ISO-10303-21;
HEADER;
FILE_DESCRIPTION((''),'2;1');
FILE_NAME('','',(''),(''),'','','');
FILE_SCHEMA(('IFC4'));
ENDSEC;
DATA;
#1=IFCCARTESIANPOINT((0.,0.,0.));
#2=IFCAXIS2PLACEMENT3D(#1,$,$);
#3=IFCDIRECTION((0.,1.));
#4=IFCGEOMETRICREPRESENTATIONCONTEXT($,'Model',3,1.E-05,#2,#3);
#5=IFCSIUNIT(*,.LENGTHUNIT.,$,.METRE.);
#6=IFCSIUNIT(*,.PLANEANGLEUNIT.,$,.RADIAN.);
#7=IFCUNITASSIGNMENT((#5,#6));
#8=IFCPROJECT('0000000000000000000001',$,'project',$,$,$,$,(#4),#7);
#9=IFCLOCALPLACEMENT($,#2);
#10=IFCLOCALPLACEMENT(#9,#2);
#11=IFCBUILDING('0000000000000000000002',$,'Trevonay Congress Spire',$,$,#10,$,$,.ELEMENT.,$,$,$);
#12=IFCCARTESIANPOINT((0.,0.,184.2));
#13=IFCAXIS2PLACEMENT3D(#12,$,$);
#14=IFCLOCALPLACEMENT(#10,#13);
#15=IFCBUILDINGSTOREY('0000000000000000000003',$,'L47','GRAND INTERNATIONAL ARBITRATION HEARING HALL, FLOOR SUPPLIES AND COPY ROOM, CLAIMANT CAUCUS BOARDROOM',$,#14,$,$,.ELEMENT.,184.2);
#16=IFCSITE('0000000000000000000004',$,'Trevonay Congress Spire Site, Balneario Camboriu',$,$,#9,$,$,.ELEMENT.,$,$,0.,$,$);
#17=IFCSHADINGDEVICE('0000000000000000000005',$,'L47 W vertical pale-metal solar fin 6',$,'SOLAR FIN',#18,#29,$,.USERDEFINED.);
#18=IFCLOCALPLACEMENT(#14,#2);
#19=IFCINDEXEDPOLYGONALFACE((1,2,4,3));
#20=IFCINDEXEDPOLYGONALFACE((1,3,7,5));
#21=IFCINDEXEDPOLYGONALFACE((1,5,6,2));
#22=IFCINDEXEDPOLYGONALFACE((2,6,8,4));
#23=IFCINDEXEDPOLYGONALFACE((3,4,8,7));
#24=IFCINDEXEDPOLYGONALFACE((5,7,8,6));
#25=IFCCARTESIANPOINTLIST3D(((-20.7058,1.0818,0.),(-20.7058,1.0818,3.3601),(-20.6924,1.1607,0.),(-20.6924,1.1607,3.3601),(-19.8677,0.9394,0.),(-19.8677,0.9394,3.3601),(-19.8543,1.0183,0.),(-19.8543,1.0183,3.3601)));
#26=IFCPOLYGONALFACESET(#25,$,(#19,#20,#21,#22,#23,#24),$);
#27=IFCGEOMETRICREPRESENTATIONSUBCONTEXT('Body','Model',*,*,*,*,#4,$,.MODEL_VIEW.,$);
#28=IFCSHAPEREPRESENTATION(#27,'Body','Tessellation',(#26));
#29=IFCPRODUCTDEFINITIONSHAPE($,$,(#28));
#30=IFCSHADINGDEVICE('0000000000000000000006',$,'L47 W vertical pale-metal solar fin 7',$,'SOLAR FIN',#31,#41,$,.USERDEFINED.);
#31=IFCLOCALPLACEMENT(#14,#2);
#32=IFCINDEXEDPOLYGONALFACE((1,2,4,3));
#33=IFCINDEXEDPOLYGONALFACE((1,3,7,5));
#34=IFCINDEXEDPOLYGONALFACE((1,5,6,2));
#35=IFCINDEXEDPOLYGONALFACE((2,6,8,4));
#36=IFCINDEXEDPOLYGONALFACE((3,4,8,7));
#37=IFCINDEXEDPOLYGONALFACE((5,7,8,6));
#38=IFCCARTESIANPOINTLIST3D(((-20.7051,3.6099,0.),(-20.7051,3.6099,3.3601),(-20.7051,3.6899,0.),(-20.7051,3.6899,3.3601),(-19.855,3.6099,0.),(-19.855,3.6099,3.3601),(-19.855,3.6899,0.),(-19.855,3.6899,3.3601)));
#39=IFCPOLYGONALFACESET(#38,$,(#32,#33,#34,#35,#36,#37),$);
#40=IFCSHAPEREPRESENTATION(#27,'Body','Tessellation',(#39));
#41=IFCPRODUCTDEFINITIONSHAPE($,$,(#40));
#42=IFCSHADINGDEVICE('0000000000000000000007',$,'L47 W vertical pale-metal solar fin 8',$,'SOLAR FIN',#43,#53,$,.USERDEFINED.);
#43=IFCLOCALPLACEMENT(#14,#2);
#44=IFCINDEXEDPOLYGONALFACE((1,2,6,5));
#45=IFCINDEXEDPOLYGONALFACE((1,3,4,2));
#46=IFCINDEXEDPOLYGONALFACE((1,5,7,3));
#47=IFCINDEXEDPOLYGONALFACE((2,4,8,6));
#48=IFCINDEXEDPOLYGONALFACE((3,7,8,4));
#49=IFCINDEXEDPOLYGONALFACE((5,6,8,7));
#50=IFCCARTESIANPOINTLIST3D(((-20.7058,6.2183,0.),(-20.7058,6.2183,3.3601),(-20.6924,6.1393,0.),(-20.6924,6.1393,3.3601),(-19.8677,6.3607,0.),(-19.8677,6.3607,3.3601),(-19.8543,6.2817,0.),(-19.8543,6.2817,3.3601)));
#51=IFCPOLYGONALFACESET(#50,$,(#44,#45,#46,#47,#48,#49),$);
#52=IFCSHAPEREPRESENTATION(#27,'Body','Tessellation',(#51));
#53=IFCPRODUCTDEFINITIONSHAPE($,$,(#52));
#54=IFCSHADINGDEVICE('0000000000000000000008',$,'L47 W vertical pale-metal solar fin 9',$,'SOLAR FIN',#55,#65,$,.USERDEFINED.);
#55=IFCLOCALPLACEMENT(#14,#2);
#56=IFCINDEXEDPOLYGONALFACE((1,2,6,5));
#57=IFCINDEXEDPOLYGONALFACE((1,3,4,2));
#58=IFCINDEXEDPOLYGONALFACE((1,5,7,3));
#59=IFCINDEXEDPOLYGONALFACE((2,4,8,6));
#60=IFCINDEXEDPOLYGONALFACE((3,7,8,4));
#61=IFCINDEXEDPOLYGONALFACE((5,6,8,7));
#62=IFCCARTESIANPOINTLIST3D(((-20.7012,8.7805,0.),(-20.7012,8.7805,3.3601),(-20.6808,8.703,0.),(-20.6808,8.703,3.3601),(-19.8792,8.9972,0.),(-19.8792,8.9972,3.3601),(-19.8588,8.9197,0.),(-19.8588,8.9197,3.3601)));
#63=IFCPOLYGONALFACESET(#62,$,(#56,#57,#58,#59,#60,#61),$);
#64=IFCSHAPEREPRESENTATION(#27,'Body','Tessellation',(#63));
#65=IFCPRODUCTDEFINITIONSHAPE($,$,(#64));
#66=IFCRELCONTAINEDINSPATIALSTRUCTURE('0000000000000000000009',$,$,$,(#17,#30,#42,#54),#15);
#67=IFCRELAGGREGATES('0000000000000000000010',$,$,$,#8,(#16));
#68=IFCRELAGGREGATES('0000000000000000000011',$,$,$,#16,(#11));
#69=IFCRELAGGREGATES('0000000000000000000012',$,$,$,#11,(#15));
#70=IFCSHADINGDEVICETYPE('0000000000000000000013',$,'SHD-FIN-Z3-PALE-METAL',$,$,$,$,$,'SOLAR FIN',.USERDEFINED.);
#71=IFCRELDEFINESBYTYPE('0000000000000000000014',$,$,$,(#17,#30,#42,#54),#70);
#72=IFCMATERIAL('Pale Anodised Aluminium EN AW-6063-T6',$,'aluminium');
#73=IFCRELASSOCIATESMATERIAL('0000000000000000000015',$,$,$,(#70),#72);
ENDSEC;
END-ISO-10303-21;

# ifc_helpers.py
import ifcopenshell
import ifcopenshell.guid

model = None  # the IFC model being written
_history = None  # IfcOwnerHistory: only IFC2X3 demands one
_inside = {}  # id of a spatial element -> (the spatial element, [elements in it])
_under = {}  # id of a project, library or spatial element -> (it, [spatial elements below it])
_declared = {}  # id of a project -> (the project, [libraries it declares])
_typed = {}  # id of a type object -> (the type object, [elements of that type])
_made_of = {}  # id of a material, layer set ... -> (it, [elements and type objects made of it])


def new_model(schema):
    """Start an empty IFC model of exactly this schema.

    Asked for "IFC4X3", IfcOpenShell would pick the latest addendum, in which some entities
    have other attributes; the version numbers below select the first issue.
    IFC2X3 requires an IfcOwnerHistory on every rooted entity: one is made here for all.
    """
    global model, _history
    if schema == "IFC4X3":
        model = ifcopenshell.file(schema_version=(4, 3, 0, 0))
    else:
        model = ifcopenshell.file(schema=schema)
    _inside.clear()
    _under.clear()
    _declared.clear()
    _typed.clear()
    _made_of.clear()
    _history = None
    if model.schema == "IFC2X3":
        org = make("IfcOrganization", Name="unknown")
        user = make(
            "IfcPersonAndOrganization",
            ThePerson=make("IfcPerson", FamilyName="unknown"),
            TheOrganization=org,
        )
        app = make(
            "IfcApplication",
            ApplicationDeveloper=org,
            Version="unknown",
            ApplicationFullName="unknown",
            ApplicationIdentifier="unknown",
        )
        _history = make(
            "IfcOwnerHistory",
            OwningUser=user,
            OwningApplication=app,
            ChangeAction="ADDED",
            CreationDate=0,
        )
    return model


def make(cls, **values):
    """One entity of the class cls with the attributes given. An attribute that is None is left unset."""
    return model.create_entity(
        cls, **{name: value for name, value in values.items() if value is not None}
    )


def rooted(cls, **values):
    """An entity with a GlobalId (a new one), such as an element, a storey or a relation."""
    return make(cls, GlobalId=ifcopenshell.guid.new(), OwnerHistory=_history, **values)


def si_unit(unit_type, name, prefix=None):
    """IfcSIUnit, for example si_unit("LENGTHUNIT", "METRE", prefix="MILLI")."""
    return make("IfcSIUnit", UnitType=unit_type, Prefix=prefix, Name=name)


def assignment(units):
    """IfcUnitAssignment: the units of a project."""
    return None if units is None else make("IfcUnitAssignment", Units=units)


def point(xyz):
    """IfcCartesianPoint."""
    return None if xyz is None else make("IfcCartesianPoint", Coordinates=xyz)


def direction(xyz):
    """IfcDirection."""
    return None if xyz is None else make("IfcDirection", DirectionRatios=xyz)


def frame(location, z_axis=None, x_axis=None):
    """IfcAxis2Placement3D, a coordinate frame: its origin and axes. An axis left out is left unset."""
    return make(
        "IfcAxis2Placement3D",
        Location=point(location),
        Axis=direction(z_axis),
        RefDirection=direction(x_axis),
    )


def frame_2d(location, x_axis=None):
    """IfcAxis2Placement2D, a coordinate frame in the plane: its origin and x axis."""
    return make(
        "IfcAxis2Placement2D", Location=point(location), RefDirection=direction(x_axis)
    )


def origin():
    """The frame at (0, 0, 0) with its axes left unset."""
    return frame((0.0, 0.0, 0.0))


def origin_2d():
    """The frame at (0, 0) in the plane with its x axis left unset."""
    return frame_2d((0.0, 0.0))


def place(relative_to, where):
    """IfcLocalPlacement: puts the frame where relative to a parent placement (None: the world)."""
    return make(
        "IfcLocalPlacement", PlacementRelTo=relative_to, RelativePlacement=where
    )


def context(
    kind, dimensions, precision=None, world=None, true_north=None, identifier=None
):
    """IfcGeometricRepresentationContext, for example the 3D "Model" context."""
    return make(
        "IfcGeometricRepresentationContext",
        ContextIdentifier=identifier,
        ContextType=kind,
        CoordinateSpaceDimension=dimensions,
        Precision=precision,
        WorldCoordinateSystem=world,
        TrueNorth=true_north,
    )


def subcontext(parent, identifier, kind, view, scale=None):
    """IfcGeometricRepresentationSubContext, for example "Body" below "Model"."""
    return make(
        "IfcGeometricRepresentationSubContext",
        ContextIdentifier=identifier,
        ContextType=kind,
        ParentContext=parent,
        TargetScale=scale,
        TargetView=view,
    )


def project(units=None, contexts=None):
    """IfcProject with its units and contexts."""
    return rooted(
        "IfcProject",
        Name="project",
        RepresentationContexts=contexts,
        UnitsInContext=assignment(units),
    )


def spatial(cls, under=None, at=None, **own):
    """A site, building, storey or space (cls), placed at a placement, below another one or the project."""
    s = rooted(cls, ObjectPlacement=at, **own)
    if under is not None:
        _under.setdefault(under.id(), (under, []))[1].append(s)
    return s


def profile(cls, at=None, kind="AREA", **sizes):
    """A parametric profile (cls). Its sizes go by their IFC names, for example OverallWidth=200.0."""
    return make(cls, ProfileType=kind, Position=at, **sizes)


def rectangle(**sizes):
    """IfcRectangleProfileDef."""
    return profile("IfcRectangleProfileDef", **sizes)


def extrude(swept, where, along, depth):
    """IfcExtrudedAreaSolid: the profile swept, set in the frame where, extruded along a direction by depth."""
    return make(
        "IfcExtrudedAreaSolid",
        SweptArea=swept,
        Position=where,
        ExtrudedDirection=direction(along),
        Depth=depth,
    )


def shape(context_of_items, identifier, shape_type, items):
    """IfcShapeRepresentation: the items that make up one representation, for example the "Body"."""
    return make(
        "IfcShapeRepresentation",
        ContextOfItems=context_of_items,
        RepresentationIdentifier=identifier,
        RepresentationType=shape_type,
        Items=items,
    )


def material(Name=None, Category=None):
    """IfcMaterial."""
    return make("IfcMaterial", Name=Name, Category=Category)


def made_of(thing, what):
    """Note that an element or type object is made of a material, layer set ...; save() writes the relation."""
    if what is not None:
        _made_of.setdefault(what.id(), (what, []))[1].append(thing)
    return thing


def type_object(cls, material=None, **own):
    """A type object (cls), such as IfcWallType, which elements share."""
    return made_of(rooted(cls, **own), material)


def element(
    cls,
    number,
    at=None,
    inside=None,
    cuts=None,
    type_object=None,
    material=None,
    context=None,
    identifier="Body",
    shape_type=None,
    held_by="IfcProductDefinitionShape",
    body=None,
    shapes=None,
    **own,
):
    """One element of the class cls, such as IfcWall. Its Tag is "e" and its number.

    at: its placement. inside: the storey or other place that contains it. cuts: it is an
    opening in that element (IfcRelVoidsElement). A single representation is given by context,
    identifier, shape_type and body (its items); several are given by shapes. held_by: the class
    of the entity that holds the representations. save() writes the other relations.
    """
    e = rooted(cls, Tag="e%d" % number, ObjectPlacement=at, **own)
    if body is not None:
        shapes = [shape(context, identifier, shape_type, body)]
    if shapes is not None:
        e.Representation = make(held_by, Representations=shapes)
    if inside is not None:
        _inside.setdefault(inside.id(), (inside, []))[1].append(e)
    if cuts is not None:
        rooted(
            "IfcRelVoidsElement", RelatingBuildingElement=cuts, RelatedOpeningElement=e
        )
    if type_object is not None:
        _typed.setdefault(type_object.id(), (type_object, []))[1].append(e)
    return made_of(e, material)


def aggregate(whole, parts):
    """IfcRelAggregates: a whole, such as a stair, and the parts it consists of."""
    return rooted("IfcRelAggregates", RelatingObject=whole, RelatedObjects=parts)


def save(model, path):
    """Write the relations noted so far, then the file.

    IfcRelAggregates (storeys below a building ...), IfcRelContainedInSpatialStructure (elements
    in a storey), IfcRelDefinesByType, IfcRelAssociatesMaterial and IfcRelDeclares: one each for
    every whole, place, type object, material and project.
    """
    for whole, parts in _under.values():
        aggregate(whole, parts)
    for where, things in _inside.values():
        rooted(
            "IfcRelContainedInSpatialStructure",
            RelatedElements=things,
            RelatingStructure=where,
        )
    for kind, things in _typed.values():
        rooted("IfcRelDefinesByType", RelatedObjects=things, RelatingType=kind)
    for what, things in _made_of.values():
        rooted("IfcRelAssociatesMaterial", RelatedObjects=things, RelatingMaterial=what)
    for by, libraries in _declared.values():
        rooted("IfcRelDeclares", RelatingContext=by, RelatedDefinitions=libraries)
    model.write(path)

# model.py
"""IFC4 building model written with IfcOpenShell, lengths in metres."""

from ifc_helpers import new_model, si_unit, direction, frame, origin, origin_2d, place, context, subcontext, project, spatial, rectangle, extrude, material, type_object, element, save


model = new_model("IFC4")

# Units and contexts
model_context = context("Model", 3, precision=1e-05, world=origin(), true_north=direction((0.0, 1.0)))
body_context = subcontext(model_context, "Body", "Model", "MODEL_VIEW")
ifc_project = project(units=[si_unit("LENGTHUNIT", "METRE"), si_unit("PLANEANGLEUNIT", "RADIAN")], contexts=[model_context])

# Site, building, storey
site_placement = place(None, origin())
site = spatial("IfcSite", under=ifc_project, at=site_placement, Name="Trevonay Congress Spire Site, Balneario Camboriu", CompositionType="ELEMENT", RefElevation=0.0)
building_placement = place(site_placement, origin())
building = spatial("IfcBuilding", under=site, at=building_placement, Name="Trevonay Congress Spire", CompositionType="ELEMENT")
storey_placement = place(building_placement, frame((0.0, 0.0, 184.2)))
storey = spatial("IfcBuildingStorey", under=building, at=storey_placement, Name="L47", Description="GRAND INTERNATIONAL ARBITRATION HEARING HALL, FLOOR SUPPLIES AND COPY ROOM, CLAIMANT CAUCUS BOARDROOM", CompositionType="ELEMENT", Elevation=184.2)

# Shared definitions
ifc_material_1 = material(Name="Pale Anodised Aluminium EN AW-6063-T6", Category="aluminium")

# Shading devices
shading_device_type = type_object("IfcShadingDeviceType", Name="SHD-FIN-Z3-PALE-METAL", ElementType="SOLAR FIN", PredefinedType="USERDEFINED", material=ifc_material_1)
for number, where, z_axis, x_axis, name in (
    (1, (-20.28, 1.05, 0.0), (0.0, 0.0, 1.0), (0.167457, 0.985879, 0.0), "L47 W vertical pale-metal solar fin 6"),
    (2, (-20.28, 3.6499, 0.0), (0.0, 0.0, 1.0), (0.0, 1.0, 0.0), "L47 W vertical pale-metal solar fin 7"),
    (3, (-20.28, 6.25, 0.0), (0.0, 0.0, 1.0), (-0.167457, 0.985879, 0.0), "L47 W vertical pale-metal solar fin 8"),
    (4, (-20.28, 8.8501, 0.0), (0.0, 0.0, 1.0), (-0.254939, 0.966957, 0.0), "L47 W vertical pale-metal solar fin 9"),
):
    element("IfcShadingDevice", number, at=place(storey_placement, frame(where, z_axis=z_axis, x_axis=x_axis)), inside=storey, type_object=shading_device_type, Name=name, ObjectType="SOLAR FIN", PredefinedType="USERDEFINED", context=body_context, shape_type="SweptSolid", body=[
        extrude(rectangle(XDim=0.0801, YDim=0.8501, at=origin_2d()), origin(), (0.0, 0.0, 1.0), 3.3601),
    ])

save(model, "model.ifc")
